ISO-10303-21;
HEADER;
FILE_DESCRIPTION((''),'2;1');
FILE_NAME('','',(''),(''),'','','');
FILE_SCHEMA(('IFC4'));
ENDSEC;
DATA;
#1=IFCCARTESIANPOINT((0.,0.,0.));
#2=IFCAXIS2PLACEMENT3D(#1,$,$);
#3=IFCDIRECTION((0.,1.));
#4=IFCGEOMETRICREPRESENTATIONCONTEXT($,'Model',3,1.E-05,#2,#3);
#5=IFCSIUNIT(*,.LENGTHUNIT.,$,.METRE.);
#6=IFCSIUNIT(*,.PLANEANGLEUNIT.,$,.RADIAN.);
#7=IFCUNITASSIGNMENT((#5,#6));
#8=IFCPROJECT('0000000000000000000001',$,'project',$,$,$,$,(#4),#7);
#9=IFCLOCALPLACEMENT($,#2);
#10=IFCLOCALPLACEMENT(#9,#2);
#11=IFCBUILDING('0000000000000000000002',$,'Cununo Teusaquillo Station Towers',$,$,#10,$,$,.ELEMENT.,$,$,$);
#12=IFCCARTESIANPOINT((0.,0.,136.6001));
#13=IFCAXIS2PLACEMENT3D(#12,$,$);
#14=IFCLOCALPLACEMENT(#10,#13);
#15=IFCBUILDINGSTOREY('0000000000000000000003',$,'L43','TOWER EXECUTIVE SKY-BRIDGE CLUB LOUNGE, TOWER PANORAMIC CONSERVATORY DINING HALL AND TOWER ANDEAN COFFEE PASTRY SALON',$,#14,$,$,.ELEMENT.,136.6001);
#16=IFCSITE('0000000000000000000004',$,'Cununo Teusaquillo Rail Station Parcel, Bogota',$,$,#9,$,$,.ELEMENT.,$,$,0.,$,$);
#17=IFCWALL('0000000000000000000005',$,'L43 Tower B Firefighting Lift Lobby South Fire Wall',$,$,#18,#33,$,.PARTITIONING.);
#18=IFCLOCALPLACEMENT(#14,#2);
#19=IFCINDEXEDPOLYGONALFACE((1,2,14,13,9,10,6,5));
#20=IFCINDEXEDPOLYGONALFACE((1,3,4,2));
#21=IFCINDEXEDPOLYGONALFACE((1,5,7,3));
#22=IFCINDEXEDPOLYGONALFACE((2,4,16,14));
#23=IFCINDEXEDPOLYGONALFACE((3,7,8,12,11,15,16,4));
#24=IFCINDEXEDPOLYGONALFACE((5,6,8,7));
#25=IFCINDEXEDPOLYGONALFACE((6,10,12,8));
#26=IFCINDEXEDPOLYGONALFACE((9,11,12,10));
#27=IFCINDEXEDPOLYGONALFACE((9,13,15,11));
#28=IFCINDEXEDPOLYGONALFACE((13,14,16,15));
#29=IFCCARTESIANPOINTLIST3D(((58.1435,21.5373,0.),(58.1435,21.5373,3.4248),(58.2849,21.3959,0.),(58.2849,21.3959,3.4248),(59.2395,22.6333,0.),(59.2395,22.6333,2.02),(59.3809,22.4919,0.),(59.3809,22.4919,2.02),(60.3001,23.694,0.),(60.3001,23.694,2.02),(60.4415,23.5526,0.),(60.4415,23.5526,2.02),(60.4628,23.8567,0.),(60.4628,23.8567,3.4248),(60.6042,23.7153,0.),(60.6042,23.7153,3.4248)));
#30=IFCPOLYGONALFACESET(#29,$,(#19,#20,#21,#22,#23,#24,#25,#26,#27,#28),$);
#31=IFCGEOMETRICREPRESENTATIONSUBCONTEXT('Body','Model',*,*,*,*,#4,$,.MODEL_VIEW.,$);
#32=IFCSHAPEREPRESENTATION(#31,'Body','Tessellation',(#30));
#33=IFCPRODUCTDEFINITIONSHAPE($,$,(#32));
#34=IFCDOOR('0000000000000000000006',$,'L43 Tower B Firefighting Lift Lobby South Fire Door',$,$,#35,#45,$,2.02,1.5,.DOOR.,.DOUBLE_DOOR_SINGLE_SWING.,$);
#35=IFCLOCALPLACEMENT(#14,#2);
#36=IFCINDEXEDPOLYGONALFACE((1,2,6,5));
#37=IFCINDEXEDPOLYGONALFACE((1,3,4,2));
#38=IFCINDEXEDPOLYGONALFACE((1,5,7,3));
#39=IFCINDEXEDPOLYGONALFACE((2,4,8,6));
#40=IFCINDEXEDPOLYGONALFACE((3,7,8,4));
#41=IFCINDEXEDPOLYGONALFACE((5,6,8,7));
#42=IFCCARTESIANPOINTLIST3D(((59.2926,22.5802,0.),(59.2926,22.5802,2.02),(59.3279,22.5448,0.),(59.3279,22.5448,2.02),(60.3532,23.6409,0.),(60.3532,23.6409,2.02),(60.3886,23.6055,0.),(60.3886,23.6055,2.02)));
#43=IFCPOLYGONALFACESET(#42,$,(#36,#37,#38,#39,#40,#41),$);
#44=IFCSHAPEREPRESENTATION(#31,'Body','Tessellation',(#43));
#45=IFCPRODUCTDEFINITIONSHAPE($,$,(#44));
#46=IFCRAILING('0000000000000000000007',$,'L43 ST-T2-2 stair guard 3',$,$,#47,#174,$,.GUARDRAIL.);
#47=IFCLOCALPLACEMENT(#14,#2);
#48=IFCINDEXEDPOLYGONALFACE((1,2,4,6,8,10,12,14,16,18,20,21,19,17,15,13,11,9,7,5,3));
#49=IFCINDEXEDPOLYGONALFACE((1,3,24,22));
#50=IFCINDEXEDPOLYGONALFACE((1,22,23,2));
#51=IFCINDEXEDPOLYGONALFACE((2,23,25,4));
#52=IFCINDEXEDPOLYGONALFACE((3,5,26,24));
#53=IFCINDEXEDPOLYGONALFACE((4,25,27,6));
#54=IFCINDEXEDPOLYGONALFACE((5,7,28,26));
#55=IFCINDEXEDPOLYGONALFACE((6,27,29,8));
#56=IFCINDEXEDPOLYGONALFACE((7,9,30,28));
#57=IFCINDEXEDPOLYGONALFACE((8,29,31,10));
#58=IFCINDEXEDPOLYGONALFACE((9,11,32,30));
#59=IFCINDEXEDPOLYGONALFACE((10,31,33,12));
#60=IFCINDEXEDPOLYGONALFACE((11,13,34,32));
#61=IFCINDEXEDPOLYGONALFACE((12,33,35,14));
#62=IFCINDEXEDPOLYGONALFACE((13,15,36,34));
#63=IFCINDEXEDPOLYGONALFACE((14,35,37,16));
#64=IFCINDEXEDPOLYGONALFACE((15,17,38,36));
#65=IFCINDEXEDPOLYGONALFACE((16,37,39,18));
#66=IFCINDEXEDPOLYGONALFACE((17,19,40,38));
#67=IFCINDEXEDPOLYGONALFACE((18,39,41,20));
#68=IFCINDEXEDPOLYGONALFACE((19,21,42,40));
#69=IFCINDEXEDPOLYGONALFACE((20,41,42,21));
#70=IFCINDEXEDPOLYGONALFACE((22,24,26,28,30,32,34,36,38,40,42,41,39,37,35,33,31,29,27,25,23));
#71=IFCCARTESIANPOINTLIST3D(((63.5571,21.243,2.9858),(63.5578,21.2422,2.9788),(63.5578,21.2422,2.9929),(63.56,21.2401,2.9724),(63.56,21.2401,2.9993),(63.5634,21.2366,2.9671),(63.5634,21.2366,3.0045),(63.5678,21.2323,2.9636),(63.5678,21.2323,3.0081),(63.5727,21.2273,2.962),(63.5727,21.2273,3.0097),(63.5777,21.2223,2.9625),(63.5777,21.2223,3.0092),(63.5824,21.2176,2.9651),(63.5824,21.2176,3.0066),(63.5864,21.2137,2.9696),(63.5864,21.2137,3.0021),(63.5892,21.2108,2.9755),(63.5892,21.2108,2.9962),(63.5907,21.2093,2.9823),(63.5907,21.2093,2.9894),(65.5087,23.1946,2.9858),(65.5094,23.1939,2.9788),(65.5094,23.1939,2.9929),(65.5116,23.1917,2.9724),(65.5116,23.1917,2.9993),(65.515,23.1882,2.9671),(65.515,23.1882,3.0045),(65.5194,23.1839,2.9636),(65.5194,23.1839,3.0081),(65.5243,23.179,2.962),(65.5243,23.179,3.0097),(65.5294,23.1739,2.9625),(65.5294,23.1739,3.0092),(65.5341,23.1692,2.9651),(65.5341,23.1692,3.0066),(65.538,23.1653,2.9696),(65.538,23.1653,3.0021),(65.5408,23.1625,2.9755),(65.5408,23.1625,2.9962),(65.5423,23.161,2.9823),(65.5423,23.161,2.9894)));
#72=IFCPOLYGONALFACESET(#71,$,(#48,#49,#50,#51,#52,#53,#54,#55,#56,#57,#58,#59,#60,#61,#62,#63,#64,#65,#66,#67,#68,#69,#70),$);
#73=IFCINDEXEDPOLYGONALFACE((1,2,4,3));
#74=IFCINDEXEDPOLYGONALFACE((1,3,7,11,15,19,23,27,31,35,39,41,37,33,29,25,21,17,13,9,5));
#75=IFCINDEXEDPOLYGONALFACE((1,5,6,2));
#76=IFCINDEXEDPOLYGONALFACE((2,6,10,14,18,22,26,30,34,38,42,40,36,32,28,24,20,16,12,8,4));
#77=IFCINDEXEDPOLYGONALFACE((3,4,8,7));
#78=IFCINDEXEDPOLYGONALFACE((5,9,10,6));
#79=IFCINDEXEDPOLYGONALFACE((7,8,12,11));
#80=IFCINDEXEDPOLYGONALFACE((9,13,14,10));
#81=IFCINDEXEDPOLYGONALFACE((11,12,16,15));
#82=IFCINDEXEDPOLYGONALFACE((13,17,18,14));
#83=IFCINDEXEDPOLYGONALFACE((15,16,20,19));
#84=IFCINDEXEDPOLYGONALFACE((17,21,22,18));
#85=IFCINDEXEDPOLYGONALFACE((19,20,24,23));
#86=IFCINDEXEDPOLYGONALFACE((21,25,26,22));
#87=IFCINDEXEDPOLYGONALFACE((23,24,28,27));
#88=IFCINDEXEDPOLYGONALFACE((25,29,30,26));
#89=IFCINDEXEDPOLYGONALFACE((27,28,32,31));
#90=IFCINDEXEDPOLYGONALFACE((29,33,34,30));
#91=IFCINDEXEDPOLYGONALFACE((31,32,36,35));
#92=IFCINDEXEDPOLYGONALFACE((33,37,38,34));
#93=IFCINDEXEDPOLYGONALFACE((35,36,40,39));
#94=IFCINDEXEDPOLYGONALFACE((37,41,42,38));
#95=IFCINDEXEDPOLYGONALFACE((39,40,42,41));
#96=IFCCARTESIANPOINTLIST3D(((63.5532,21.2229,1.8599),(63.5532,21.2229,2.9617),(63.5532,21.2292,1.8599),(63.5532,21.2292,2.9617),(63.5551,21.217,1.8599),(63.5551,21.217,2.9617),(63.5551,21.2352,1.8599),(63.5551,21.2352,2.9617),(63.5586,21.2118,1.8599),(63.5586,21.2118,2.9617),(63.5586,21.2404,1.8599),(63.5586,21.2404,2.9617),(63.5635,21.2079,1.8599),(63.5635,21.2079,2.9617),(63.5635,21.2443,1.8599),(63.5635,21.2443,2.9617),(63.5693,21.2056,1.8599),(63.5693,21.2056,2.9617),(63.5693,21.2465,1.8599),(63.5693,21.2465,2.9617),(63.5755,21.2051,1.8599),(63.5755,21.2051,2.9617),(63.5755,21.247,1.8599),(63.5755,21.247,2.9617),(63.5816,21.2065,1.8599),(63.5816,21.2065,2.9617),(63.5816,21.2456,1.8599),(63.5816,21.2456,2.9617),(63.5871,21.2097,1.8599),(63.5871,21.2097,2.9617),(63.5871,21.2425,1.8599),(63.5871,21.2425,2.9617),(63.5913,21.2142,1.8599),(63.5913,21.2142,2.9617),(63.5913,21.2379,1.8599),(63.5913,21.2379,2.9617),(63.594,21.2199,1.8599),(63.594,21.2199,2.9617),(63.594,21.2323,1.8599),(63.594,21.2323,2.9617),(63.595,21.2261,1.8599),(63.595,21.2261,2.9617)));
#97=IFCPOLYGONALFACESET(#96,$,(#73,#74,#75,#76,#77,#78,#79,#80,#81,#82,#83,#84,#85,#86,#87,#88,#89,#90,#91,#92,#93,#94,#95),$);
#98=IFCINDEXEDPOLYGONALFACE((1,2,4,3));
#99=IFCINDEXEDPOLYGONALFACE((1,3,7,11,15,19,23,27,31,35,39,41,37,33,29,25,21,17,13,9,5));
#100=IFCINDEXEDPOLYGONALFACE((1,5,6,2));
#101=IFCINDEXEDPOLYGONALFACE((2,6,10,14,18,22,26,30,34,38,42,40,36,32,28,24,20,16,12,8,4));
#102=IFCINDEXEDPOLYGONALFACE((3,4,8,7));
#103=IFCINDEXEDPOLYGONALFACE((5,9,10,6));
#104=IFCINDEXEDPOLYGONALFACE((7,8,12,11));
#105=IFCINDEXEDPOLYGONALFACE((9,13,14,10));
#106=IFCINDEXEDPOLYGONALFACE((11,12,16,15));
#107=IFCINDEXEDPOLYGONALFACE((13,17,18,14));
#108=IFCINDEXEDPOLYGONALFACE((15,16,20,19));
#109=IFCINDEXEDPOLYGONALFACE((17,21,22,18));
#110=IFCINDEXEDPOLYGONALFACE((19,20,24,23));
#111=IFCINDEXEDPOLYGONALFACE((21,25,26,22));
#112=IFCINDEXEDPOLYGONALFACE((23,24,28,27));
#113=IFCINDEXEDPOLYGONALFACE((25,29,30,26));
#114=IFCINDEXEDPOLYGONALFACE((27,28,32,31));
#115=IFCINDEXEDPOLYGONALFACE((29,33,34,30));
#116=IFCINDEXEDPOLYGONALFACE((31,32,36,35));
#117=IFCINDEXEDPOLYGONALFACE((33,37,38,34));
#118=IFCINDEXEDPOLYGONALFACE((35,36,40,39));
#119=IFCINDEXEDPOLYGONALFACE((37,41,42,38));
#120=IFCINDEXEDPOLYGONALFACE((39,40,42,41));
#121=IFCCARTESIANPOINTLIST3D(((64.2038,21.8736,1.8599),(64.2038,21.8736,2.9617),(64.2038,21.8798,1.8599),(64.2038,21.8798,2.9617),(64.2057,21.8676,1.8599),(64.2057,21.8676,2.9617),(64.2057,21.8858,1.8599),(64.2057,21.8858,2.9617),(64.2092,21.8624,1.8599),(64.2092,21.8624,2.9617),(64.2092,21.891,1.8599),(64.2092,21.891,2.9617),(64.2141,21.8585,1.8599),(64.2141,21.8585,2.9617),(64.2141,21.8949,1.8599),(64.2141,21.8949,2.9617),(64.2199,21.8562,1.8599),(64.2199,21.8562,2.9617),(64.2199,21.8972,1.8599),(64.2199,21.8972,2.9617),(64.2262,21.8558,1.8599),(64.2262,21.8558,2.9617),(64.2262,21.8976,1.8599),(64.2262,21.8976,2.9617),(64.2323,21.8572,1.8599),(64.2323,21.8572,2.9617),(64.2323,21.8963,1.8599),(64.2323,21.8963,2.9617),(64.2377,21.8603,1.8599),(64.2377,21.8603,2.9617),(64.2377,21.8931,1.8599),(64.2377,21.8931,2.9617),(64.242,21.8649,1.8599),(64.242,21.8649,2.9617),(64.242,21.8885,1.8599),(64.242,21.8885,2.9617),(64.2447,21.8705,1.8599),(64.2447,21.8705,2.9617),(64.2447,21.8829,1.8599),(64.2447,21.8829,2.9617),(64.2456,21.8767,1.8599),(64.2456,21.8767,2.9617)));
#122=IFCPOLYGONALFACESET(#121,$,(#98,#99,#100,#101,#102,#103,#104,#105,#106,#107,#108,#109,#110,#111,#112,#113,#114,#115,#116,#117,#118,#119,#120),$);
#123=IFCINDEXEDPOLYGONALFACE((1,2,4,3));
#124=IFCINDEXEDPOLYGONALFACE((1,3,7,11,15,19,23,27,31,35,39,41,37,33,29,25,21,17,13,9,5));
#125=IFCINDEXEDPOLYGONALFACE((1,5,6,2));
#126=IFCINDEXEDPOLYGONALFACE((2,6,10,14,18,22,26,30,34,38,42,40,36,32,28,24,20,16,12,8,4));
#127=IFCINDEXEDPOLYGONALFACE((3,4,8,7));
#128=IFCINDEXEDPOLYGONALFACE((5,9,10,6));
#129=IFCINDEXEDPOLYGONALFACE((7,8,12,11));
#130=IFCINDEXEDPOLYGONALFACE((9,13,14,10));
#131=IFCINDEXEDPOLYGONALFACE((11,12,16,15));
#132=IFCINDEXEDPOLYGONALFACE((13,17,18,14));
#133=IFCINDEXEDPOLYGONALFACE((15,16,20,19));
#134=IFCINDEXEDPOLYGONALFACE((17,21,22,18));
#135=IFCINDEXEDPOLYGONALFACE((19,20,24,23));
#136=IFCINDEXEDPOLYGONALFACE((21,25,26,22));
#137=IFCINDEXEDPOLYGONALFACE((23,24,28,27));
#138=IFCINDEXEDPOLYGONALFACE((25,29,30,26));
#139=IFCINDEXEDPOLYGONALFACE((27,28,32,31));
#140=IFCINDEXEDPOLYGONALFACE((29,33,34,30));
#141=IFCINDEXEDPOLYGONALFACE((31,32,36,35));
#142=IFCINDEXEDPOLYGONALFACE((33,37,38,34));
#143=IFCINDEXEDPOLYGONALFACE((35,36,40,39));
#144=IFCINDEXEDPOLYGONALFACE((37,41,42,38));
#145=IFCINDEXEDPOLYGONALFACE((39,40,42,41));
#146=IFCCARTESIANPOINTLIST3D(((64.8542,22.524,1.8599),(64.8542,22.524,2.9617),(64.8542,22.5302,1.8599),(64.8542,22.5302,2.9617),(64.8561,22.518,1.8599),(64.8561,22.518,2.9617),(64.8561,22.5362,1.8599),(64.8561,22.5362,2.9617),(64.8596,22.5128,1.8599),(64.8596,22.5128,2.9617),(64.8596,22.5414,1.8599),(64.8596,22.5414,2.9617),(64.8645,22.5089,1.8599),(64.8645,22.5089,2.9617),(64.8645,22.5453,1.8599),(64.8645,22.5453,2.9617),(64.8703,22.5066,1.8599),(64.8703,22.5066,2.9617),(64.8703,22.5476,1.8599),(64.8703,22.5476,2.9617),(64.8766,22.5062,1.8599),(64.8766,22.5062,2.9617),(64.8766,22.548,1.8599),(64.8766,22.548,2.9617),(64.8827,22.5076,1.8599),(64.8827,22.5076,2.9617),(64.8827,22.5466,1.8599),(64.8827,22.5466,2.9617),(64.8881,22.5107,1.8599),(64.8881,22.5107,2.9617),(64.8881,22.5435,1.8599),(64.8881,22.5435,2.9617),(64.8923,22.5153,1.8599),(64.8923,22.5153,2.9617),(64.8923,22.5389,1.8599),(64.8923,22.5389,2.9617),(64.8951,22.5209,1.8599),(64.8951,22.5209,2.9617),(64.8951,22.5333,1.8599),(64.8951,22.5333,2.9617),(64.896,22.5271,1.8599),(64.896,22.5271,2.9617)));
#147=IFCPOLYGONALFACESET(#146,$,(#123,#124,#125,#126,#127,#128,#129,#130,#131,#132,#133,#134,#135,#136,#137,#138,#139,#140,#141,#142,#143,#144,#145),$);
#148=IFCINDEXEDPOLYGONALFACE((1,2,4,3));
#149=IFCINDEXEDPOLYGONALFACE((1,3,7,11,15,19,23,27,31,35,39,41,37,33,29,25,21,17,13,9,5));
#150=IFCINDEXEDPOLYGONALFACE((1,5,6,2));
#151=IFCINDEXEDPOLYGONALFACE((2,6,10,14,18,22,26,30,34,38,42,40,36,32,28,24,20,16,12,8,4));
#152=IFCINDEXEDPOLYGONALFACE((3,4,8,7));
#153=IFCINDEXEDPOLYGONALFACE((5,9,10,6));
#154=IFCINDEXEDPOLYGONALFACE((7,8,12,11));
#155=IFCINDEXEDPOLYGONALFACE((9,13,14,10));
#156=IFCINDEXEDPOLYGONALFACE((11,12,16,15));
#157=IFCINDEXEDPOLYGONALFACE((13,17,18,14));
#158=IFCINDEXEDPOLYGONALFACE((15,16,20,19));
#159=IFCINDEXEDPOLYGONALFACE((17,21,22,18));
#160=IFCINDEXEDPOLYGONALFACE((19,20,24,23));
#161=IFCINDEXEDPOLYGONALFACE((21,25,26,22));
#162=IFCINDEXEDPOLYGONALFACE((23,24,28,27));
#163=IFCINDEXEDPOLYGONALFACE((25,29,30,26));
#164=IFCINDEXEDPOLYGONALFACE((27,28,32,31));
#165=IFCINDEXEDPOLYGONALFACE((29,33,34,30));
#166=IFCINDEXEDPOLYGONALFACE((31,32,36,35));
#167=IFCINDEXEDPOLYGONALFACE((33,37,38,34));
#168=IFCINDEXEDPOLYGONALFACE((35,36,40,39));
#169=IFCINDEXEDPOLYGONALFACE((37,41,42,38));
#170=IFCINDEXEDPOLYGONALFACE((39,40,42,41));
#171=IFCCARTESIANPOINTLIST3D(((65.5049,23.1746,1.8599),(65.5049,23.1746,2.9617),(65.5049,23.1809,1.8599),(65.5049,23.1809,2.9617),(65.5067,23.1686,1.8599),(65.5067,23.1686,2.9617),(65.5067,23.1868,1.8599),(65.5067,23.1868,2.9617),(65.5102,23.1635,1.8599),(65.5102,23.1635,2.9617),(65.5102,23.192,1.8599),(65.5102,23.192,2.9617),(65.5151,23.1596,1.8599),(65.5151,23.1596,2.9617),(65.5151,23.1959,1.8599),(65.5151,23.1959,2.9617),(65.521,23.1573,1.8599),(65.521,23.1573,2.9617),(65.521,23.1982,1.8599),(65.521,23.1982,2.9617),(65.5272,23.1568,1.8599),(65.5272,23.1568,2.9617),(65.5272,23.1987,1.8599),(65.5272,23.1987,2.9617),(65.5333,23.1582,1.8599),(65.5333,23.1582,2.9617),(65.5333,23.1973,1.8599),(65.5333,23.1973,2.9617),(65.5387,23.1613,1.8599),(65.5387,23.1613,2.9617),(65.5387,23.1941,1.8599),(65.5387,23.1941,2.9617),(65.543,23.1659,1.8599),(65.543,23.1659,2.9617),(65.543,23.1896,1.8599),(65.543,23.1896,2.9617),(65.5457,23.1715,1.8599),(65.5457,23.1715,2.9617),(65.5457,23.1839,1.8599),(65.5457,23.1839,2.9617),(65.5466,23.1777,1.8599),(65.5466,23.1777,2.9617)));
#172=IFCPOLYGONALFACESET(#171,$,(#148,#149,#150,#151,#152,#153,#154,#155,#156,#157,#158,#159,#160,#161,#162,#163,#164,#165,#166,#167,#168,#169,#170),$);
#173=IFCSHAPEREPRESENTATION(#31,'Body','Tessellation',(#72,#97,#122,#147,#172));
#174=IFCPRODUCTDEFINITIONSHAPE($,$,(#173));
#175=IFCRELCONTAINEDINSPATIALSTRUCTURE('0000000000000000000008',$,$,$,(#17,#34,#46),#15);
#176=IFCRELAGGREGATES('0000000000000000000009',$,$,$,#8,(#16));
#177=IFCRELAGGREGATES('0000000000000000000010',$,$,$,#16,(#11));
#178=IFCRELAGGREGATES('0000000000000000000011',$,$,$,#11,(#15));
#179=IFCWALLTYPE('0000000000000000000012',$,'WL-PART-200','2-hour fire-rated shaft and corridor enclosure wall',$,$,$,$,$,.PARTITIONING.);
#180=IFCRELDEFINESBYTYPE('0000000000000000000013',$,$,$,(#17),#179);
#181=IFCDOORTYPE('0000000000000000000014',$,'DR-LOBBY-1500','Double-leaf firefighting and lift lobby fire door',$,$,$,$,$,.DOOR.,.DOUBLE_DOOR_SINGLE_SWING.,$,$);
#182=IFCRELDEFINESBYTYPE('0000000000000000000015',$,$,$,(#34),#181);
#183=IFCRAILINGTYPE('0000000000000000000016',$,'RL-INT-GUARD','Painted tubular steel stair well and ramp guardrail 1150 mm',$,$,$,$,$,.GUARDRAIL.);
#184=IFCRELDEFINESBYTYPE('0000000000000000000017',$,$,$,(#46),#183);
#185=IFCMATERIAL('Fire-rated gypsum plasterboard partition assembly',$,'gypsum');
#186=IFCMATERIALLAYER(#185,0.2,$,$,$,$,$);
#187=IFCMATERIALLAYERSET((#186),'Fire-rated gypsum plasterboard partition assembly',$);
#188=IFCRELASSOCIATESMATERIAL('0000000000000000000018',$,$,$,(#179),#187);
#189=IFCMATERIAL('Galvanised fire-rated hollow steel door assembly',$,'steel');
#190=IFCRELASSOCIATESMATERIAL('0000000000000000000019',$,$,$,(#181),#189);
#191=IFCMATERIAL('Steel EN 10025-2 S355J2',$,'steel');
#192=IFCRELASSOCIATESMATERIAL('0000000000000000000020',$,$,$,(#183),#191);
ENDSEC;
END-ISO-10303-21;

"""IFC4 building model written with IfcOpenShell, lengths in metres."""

from ifc_helpers import new_model, si_unit, direction, frame, frame_2d, origin, origin_2d, place, context, subcontext, project, spatial, rectangle, circle, extrude, source, transform, mapped, material, layer, layer_set, type_object, element, fill, save


model = new_model("IFC4")

# Units and contexts
model_context = context("Model", 3, precision=1e-05, world=origin(), true_north=direction((0.0, 1.0)))
body_context = subcontext(model_context, "Body", "Model", "MODEL_VIEW")
ifc_project = project(units=[si_unit("LENGTHUNIT", "METRE"), si_unit("PLANEANGLEUNIT", "RADIAN")], contexts=[model_context])

# Site, building, storey
site_placement = place(None, origin())
site = spatial("IfcSite", under=ifc_project, at=site_placement, Name="Cununo Teusaquillo Rail Station Parcel, Bogota", CompositionType="ELEMENT", RefElevation=0.0)
building_placement = place(site_placement, origin())
building = spatial("IfcBuilding", under=site, at=building_placement, Name="Cununo Teusaquillo Station Towers", CompositionType="ELEMENT")
storey_placement = place(building_placement, frame((0.0, 0.0, 136.6001)))
storey = spatial("IfcBuildingStorey", under=building, at=storey_placement, Name="L43", Description="TOWER EXECUTIVE SKY-BRIDGE CLUB LOUNGE, TOWER PANORAMIC CONSERVATORY DINING HALL AND TOWER ANDEAN COFFEE PASTRY SALON", CompositionType="ELEMENT", Elevation=136.6001)

# Wall, opening, door
ifc_material_1 = material(Name="Fire-rated gypsum plasterboard partition assembly", Category="gypsum")
ifc_layer_1 = layer(ifc_material_1, 0.2)
ifc_layer_set_1 = layer_set([ifc_layer_1], Name="Fire-rated gypsum plasterboard partition assembly")
wall_type_1 = type_object("IfcWallType", Name="WL-PART-200", Description="2-hour fire-rated shaft and corridor enclosure wall", PredefinedType="PARTITIONING", material=ifc_layer_set_1)
wall_1_placement = place(storey_placement, frame((58.2141, 21.4666, 0.0), z_axis=(0.0, 0.0, 1.0), x_axis=(0.707107, 0.707107, 0.0)))
wall_1 = element("IfcWall", 1, at=wall_1_placement, inside=storey, type_object=wall_type_1, Name="L43 Tower B Firefighting Lift Lobby South Fire Wall", PredefinedType="PARTITIONING", context=body_context, shape_type="SweptSolid", body=[
    extrude(rectangle(XDim=3.28, YDim=0.2, at=frame_2d((1.6401, 0.0))), origin(), (0.0, 0.0, 1.0), 3.4248),
])
shared_shape_1 = source(origin(), body_context, "Body", "SweptSolid", [
    extrude(rectangle(XDim=1.5, YDim=2.02, at=frame_2d((0.75, 1.01))), frame((0.0, 0.1099, 0.0), z_axis=(0.0, -1.0, 0.0), x_axis=(1.0, 0.0, 0.0)), (0.0, 0.0, 1.0), 0.22),
])
opening_1_placement = place(wall_1_placement, frame((1.55, 0.0, 0.0)))
opening_1 = element("IfcOpeningElement", 2, at=opening_1_placement, cuts=wall_1, PredefinedType="OPENING", context=body_context, shape_type="MappedRepresentation", body=[
    mapped(shared_shape_1, transform((0.0, 0.0, 0.0), x_axis=(1.0, 0.0, 0.0), y_axis=(0.0, 1.0, 0.0), z_axis=(0.0, 0.0, 1.0), scale=1.0)),
])
ifc_material_2 = material(Name="Galvanised fire-rated hollow steel door assembly", Category="steel")
door_type_1 = type_object("IfcDoorType", Name="DR-LOBBY-1500", Description="Double-leaf firefighting and lift lobby fire door", OperationType="DOUBLE_DOOR_SINGLE_SWING", PredefinedType="DOOR", material=ifc_material_2)
shared_shape_2 = source(origin(), body_context, "Body", "SweptSolid", [
    extrude(rectangle(XDim=1.5, YDim=2.02, at=frame_2d((0.75, 1.01))), frame((0.0, 0.0249, 0.0), z_axis=(0.0, -1.0, 0.0), x_axis=(1.0, 0.0, 0.0)), (0.0, 0.0, 1.0), 0.05),
])
door_1_placement = place(opening_1_placement, origin())
door_1 = element("IfcDoor", 3, at=door_1_placement, inside=storey, type_object=door_type_1, Name="L43 Tower B Firefighting Lift Lobby South Fire Door", OperationType="DOUBLE_DOOR_SINGLE_SWING", OverallHeight=2.02, OverallWidth=1.5, PredefinedType="DOOR", context=body_context, shape_type="MappedRepresentation", body=[
    mapped(shared_shape_2, transform((0.0, 0.0, 0.0), x_axis=(1.0, 0.0, 0.0), y_axis=(0.0, 1.0, 0.0), z_axis=(0.0, 0.0, 1.0), scale=1.0)),
])
fill(opening_1, door_1)

# Railing
ifc_material_3 = material(Name="Steel EN 10025-2 S355J2", Category="steel")
railing_type = type_object("IfcRailingType", Name="RL-INT-GUARD", Description="Painted tubular steel stair well and ramp guardrail 1150 mm", PredefinedType="GUARDRAIL", material=ifc_material_3)
railing_1_placement = place(storey_placement, frame((63.574, 21.2261, 1.8599)))
element("IfcRailing", 4, at=railing_1_placement, inside=storey, type_object=railing_type, Name="L43 ST-T2-2 stair guard 3", PredefinedType="GUARDRAIL", context=body_context, shape_type="SweptSolid", body=[
    extrude(circle(Radius=0.0239, at=origin_2d()), frame((0.0, 0.0, 1.126), z_axis=(0.707107, 0.707107, 0.0), x_axis=(-0.707107, 0.707107, 0.0)), (0.0, 0.0, 1.0), 2.76),
    extrude(circle(Radius=0.021, at=origin_2d()), origin(), (0.0, 0.0, 1.0), 1.1018),
    extrude(circle(Radius=0.021, at=origin_2d()), frame((0.6506, 0.6506, 0.0)), (0.0, 0.0, 1.0), 1.1018),
    extrude(circle(Radius=0.021, at=origin_2d()), frame((1.301, 1.301, 0.0)), (0.0, 0.0, 1.0), 1.1018),
    extrude(circle(Radius=0.021, at=origin_2d()), frame((1.9517, 1.9517, 0.0)), (0.0, 0.0, 1.0), 1.1018),
])

save(model, "model.ifc")
